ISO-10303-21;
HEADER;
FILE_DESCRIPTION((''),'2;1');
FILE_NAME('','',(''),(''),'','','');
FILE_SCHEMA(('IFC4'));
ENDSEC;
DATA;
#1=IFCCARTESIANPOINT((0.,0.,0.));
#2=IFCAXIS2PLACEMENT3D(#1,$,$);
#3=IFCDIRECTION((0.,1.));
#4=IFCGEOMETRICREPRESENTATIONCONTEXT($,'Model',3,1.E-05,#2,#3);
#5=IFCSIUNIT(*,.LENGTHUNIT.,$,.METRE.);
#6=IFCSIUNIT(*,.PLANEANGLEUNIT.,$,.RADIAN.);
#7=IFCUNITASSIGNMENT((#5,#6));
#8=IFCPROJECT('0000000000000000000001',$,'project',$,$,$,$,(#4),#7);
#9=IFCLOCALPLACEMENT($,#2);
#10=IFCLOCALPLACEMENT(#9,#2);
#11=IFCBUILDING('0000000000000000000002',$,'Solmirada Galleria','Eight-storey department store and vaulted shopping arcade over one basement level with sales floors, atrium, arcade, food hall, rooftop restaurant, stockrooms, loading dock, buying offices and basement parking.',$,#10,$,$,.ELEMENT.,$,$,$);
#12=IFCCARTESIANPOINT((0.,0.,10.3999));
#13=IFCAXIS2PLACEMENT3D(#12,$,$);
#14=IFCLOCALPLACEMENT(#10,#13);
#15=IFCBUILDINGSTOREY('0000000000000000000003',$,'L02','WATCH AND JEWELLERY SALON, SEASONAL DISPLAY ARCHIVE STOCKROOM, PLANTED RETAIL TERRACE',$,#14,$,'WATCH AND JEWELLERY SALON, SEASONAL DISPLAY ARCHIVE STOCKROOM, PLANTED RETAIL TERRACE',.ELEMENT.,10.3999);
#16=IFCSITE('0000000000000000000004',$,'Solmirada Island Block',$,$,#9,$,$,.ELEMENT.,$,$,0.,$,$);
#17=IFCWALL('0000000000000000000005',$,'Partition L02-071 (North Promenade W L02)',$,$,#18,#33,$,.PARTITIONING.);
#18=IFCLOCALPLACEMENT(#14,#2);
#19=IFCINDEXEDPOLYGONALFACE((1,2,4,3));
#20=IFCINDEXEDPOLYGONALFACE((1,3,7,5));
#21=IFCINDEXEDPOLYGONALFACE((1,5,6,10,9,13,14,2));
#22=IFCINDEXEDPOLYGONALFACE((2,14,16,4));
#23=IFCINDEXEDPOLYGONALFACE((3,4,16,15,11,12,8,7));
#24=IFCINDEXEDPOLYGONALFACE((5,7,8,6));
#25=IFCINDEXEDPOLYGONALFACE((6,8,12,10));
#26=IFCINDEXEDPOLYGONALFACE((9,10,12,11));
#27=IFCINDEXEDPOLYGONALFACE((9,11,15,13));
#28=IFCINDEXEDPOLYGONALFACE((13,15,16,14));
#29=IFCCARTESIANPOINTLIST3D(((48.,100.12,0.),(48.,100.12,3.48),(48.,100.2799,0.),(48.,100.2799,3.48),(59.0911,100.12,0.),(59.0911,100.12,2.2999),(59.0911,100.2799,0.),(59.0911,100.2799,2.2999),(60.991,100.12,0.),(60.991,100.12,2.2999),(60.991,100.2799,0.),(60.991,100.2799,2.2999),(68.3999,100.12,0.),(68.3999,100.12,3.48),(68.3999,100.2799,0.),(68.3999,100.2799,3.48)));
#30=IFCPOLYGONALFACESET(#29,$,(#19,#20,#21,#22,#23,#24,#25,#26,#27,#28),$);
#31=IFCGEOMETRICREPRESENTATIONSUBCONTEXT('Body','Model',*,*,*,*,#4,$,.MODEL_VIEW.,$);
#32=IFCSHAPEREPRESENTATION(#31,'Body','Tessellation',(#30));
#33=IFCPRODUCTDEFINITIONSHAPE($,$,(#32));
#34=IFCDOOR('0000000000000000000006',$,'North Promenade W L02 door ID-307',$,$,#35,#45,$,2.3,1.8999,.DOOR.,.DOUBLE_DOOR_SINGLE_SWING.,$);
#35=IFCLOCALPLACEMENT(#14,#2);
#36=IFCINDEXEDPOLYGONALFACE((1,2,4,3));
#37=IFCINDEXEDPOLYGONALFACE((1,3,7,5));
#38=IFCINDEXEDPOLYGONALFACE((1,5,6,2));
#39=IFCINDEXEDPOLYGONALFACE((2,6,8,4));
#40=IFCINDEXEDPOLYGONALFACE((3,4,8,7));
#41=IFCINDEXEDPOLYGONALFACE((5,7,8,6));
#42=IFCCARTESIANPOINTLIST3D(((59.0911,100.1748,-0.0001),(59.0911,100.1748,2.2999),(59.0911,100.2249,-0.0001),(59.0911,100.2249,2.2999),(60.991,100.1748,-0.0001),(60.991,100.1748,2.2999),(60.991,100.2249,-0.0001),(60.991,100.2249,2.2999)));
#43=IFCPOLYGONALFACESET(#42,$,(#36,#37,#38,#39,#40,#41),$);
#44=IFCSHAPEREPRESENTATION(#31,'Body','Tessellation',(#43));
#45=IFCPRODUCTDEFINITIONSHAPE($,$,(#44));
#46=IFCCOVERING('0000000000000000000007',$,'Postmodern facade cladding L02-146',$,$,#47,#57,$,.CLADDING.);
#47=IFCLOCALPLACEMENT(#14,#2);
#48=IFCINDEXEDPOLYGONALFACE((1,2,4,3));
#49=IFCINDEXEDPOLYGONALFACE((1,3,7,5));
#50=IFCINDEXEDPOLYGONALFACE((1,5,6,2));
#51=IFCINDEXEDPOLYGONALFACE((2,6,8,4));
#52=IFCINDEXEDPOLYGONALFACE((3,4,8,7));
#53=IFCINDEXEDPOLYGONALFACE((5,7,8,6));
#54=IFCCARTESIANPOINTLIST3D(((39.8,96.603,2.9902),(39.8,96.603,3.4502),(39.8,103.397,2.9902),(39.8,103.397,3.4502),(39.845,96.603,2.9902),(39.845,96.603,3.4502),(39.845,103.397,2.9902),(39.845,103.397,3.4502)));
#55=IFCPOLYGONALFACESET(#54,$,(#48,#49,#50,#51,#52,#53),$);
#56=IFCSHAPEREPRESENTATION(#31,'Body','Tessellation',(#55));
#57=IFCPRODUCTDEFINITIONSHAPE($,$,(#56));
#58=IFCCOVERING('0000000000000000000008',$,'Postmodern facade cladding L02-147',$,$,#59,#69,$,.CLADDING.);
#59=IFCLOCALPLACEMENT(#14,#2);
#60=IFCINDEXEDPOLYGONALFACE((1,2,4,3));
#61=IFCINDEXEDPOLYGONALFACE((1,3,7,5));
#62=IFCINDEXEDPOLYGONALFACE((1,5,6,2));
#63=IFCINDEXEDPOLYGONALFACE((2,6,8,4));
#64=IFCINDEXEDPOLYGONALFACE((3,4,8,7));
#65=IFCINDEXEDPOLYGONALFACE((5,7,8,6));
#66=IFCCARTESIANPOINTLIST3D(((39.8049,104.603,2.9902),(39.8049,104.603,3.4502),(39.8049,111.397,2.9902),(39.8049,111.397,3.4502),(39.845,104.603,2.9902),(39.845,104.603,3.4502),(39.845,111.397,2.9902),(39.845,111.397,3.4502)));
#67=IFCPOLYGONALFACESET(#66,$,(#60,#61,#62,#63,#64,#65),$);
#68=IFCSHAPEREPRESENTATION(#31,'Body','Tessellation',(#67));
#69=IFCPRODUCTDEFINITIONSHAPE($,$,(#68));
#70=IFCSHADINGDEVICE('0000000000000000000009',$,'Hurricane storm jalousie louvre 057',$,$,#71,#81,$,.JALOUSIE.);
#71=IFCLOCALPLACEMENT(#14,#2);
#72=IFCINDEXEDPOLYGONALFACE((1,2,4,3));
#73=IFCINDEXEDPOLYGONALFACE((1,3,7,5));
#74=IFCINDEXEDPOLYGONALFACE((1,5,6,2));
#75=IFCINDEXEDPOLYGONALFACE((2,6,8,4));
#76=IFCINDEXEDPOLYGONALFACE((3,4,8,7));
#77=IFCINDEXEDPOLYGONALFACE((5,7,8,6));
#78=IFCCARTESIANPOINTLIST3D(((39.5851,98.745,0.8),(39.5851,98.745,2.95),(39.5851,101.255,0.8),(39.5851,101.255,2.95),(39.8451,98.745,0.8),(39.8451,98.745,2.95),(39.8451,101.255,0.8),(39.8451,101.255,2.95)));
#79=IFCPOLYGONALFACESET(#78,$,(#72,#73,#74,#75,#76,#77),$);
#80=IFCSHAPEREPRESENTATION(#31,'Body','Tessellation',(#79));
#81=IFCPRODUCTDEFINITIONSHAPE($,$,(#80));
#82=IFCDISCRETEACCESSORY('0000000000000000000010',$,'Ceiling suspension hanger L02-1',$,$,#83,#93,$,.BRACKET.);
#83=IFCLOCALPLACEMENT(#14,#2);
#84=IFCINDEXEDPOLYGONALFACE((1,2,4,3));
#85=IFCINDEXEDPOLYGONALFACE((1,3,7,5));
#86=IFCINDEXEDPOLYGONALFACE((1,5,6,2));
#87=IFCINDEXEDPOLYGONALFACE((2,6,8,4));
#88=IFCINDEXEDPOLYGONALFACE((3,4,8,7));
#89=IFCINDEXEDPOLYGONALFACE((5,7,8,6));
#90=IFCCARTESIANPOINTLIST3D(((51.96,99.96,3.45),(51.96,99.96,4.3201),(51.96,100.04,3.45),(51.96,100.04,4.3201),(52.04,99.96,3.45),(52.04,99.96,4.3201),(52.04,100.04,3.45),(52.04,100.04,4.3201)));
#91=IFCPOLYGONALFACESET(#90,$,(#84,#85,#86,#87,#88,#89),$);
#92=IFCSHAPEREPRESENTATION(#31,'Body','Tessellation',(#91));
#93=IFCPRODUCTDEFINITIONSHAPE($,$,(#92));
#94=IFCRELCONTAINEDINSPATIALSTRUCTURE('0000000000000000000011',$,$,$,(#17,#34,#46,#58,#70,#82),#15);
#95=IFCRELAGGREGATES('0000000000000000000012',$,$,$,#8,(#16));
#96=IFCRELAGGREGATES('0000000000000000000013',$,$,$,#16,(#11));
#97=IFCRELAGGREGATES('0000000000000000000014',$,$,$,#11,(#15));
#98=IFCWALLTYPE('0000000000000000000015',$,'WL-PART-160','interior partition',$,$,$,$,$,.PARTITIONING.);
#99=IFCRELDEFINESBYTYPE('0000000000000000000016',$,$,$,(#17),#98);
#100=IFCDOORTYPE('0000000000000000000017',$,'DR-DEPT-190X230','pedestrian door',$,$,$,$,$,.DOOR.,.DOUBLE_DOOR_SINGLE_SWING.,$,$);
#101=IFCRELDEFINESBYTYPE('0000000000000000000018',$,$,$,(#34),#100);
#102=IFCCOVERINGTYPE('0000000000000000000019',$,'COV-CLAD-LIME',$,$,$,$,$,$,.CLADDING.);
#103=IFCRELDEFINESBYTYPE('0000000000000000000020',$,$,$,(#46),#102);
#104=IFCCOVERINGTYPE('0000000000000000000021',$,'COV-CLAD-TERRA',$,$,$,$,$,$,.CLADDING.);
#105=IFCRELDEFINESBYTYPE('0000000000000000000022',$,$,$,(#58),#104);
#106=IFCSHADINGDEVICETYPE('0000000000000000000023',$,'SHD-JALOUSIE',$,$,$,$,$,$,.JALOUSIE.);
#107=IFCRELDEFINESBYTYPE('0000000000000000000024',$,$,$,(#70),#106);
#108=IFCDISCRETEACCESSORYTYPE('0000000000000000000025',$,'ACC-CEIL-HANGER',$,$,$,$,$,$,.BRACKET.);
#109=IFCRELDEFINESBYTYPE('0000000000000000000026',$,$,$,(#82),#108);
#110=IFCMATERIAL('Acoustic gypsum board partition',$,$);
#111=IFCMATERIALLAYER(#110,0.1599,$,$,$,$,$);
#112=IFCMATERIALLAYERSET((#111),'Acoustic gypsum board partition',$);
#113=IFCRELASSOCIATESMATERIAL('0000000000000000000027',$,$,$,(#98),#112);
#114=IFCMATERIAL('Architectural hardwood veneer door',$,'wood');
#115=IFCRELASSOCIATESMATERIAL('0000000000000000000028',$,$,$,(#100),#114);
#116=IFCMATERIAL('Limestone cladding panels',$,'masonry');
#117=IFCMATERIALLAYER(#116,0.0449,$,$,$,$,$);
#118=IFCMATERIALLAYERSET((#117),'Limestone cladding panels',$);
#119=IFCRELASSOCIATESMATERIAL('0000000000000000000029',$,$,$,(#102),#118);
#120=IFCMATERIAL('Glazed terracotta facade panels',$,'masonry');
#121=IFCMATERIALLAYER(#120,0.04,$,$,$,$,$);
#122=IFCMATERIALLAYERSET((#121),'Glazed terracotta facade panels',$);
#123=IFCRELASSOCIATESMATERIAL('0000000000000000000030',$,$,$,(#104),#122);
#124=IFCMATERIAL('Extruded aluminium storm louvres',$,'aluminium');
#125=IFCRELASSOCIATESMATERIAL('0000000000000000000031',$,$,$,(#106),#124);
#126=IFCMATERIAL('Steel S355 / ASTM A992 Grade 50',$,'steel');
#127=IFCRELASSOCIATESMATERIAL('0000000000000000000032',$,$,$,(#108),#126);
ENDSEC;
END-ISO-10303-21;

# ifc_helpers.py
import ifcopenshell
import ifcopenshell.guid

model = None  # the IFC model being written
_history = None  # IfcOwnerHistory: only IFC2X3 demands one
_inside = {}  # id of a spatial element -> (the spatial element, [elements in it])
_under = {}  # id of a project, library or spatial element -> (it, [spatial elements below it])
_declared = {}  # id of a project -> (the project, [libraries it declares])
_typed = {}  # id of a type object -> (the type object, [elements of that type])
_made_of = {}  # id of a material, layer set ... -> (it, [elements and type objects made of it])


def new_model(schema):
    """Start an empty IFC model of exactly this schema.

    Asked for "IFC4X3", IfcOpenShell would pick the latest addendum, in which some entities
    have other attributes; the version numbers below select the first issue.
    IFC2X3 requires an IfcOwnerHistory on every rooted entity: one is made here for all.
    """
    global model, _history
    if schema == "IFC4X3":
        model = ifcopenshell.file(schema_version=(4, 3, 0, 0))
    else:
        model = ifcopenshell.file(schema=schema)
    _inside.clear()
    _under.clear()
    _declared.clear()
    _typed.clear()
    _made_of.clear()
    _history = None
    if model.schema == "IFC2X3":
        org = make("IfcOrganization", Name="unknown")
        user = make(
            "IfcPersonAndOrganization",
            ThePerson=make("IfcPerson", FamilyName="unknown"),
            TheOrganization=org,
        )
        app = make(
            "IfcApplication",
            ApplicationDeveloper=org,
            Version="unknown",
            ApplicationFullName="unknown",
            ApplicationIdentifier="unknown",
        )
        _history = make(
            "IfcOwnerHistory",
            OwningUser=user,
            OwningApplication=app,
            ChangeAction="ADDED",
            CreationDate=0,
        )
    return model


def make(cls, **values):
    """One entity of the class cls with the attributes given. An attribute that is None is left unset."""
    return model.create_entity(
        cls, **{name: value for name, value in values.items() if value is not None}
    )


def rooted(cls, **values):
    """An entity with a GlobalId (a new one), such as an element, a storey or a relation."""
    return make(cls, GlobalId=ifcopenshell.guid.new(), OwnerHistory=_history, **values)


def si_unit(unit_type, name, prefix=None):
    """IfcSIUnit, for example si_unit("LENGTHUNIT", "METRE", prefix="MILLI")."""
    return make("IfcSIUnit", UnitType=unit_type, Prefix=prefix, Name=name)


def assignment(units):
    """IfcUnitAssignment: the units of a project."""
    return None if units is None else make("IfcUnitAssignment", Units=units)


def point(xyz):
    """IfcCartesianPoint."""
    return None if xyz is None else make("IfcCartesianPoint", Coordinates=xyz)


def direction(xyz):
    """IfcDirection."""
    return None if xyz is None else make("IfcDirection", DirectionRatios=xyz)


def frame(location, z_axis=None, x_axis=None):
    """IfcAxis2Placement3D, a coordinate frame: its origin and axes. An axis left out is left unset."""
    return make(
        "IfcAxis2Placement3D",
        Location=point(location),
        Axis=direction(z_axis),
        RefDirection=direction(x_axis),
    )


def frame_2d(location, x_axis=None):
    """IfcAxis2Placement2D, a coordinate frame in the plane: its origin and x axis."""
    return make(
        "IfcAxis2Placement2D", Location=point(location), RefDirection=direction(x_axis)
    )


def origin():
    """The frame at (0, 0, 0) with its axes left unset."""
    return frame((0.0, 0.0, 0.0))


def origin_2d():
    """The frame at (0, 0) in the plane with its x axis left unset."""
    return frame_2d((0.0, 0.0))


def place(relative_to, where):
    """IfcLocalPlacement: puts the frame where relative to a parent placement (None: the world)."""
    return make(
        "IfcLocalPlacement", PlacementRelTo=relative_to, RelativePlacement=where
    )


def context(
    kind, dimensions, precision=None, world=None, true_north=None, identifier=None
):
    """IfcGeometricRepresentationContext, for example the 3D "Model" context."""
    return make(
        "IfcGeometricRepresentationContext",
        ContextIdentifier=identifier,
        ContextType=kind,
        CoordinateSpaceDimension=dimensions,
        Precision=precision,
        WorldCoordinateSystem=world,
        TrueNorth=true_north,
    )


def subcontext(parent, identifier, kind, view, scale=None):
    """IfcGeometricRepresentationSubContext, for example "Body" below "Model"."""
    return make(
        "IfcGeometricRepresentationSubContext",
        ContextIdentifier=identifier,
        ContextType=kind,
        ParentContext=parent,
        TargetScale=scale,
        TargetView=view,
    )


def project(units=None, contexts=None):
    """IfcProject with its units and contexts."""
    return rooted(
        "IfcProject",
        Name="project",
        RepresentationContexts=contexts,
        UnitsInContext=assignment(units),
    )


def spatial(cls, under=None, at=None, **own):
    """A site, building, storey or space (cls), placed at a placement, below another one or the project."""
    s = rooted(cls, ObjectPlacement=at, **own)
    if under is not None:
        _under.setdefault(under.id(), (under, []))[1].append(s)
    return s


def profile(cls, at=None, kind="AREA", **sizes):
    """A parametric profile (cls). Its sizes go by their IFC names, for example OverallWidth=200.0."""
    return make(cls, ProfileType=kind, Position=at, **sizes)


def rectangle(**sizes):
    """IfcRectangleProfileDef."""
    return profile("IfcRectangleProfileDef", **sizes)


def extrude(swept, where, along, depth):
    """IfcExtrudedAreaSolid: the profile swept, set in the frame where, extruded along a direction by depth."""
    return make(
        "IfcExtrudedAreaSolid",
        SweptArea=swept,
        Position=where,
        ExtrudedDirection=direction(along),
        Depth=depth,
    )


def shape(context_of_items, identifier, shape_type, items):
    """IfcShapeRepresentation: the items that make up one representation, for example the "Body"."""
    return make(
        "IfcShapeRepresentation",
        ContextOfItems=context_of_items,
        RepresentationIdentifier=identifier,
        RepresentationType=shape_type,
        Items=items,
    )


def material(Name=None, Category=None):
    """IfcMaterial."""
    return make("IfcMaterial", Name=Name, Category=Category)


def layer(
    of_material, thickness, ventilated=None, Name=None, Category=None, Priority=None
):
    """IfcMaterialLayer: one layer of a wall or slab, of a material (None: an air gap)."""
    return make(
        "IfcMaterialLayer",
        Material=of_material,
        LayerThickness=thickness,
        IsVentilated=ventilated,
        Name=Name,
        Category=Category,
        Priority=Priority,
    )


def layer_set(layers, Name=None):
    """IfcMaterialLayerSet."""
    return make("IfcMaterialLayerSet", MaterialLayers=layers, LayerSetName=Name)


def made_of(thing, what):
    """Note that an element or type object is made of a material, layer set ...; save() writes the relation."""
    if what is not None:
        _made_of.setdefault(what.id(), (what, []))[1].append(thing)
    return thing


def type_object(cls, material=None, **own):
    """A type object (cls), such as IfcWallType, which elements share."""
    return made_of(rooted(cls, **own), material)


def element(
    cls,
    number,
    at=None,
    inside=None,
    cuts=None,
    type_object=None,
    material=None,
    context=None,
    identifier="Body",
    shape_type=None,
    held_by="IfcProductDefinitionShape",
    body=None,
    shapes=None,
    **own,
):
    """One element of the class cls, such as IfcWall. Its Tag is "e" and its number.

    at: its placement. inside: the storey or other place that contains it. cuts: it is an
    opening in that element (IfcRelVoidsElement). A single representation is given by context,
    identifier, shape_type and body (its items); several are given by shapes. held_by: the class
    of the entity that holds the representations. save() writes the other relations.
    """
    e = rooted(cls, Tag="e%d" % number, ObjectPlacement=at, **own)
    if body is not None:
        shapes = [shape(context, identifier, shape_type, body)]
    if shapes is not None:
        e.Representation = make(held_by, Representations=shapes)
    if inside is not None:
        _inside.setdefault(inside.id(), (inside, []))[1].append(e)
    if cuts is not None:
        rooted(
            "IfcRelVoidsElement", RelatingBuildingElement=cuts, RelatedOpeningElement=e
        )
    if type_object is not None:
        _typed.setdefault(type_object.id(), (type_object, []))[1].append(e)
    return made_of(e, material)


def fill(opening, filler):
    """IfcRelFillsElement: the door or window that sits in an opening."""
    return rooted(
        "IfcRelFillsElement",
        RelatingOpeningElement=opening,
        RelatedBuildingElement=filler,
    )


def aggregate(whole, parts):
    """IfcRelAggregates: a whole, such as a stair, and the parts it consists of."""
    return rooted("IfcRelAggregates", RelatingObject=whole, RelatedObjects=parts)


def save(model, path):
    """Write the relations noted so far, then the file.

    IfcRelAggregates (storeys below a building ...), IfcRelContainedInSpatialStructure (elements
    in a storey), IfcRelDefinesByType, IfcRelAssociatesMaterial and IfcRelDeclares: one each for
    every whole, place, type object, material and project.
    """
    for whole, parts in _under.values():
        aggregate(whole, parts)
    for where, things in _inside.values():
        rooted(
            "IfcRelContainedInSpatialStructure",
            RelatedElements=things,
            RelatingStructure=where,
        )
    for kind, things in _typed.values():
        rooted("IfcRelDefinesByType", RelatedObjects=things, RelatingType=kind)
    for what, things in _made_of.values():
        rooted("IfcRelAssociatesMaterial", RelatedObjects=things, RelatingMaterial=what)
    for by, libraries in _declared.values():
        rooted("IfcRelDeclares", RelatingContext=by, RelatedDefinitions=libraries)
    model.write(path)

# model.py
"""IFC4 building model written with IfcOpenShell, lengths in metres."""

from ifc_helpers import new_model, si_unit, direction, frame, frame_2d, origin, origin_2d, place, context, subcontext, project, spatial, rectangle, extrude, material, layer, layer_set, type_object, element, fill, save


model = new_model("IFC4")

# Units and contexts
model_context = context("Model", 3, precision=1e-05, world=origin(), true_north=direction((0.0, 1.0)))
body_context = subcontext(model_context, "Body", "Model", "MODEL_VIEW")
ifc_project = project(units=[si_unit("LENGTHUNIT", "METRE"), si_unit("PLANEANGLEUNIT", "RADIAN")], contexts=[model_context])

# Site, building, storey
site_placement = place(None, origin())
site = spatial("IfcSite", under=ifc_project, at=site_placement, Name="Solmirada Island Block", CompositionType="ELEMENT", RefElevation=0.0)
building_placement = place(site_placement, origin())
building = spatial("IfcBuilding", under=site, at=building_placement, Name="Solmirada Galleria", Description="Eight-storey department store and vaulted shopping arcade over one basement level with sales floors, atrium, arcade, food hall, rooftop restaurant, stockrooms, loading dock, buying offices and basement parking.", CompositionType="ELEMENT")
storey_placement = place(building_placement, frame((0.0, 0.0, 10.3999)))
storey = spatial("IfcBuildingStorey", under=building, at=storey_placement, Name="L02", Description="WATCH AND JEWELLERY SALON, SEASONAL DISPLAY ARCHIVE STOCKROOM, PLANTED RETAIL TERRACE", LongName="WATCH AND JEWELLERY SALON, SEASONAL DISPLAY ARCHIVE STOCKROOM, PLANTED RETAIL TERRACE", CompositionType="ELEMENT", Elevation=10.3999)

# Shared definitions
ifc_material_1 = material(Name="Steel S355 / ASTM A992 Grade 50", Category="steel")

# Wall, opening, door
ifc_material_2 = material(Name="Acoustic gypsum board partition")
ifc_layer_1 = layer(ifc_material_2, 0.1599)
ifc_layer_set_1 = layer_set([ifc_layer_1], Name="Acoustic gypsum board partition")
wall_type_1 = type_object("IfcWallType", Name="WL-PART-160", Description="interior partition", PredefinedType="PARTITIONING", material=ifc_layer_set_1)
wall_1_placement = place(storey_placement, frame((48.0, 100.2, 0.0), z_axis=(0.0, 0.0, 1.0), x_axis=(1.0, 0.0, 0.0)))
wall_1 = element("IfcWall", 1, at=wall_1_placement, inside=storey, type_object=wall_type_1, Name="Partition L02-071 (North Promenade W L02)", PredefinedType="PARTITIONING", context=body_context, shape_type="SweptSolid", body=[
    extrude(rectangle(XDim=20.3999, YDim=0.1599, at=frame_2d((10.2, 0.0))), origin(), (0.0, 0.0, 1.0), 3.48),
])
opening_1_placement = place(wall_1_placement, frame((11.0911, 0.0, 0.0)))
opening_1 = element("IfcOpeningElement", 2, at=opening_1_placement, cuts=wall_1, PredefinedType="OPENING", context=body_context, shape_type="SweptSolid", body=[
    extrude(rectangle(XDim=1.8999, YDim=2.3, at=frame_2d((0.95, 1.1499))), frame((0.0, 0.0898, 0.0), z_axis=(0.0, -1.0, 0.0), x_axis=(1.0, 0.0, 0.0)), (0.0, 0.0, 1.0), 0.1799),
])
ifc_material_3 = material(Name="Architectural hardwood veneer door", Category="wood")
door_type_1 = type_object("IfcDoorType", Name="DR-DEPT-190X230", Description="pedestrian door", OperationType="DOUBLE_DOOR_SINGLE_SWING", PredefinedType="DOOR", material=ifc_material_3)
door_1_placement = place(opening_1_placement, origin())
door_1 = element("IfcDoor", 3, at=door_1_placement, inside=storey, type_object=door_type_1, Name="North Promenade W L02 door ID-307", OperationType="DOUBLE_DOOR_SINGLE_SWING", OverallHeight=2.3, OverallWidth=1.8999, PredefinedType="DOOR", context=body_context, shape_type="SweptSolid", body=[
    extrude(rectangle(XDim=1.8999, YDim=2.3, at=frame_2d((0.95, 1.1499))), frame((0.0, 0.0249, 0.0), z_axis=(0.0, -1.0, 0.0), x_axis=(1.0, 0.0, 0.0)), (0.0, 0.0, 1.0), 0.05),
])
fill(opening_1, door_1)

# Coverings
ifc_material_4 = material(Name="Limestone cladding panels", Category="masonry")
ifc_layer_2 = layer(ifc_material_4, 0.0449)
ifc_layer_set_2 = layer_set([ifc_layer_2], Name="Limestone cladding panels")
covering_type_1 = type_object("IfcCoveringType", Name="COV-CLAD-LIME", PredefinedType="CLADDING", material=ifc_layer_set_2)
covering_1_placement = place(storey_placement, frame((39.8225, 100.0, 2.9902), z_axis=(0.0, 0.0, 1.0), x_axis=(0.0, 1.0, 0.0)))
element("IfcCovering", 4, at=covering_1_placement, inside=storey, type_object=covering_type_1, Name="Postmodern facade cladding L02-146", PredefinedType="CLADDING", context=body_context, shape_type="SweptSolid", body=[
    extrude(rectangle(XDim=6.7939, YDim=0.0449, at=origin_2d()), origin(), (0.0, 0.0, 1.0), 0.46),
])
ifc_material_5 = material(Name="Glazed terracotta facade panels", Category="masonry")
ifc_layer_3 = layer(ifc_material_5, 0.04)
ifc_layer_set_3 = layer_set([ifc_layer_3], Name="Glazed terracotta facade panels")
covering_type_2 = type_object("IfcCoveringType", Name="COV-CLAD-TERRA", PredefinedType="CLADDING", material=ifc_layer_set_3)
covering_2_placement = place(storey_placement, frame((39.825, 108.0, 2.9902), z_axis=(0.0, 0.0, 1.0), x_axis=(0.0, 1.0, 0.0)))
element("IfcCovering", 5, at=covering_2_placement, inside=storey, type_object=covering_type_2, Name="Postmodern facade cladding L02-147", PredefinedType="CLADDING", context=body_context, shape_type="SweptSolid", body=[
    extrude(rectangle(XDim=6.7939, YDim=0.04, at=origin_2d()), origin(), (0.0, 0.0, 1.0), 0.46),
])

# Shading device
ifc_material_6 = material(Name="Extruded aluminium storm louvres", Category="aluminium")
shading_device_type = type_object("IfcShadingDeviceType", Name="SHD-JALOUSIE", PredefinedType="JALOUSIE", material=ifc_material_6)
shading_device_placement = place(storey_placement, frame((39.7151, 100.0, 0.8), z_axis=(0.0, 0.0, 1.0), x_axis=(0.0, 1.0, 0.0)))
element("IfcShadingDevice", 6, at=shading_device_placement, inside=storey, type_object=shading_device_type, Name="Hurricane storm jalousie louvre 057", PredefinedType="JALOUSIE", context=body_context, shape_type="SweptSolid", body=[
    extrude(rectangle(XDim=2.51, YDim=0.26, at=origin_2d()), origin(), (0.0, 0.0, 1.0), 2.1499),
])

# Discrete accessory
discrete_accessory_type = type_object("IfcDiscreteAccessoryType", Name="ACC-CEIL-HANGER", PredefinedType="BRACKET", material=ifc_material_1)
discrete_accessory_placement = place(storey_placement, frame((52.0, 100.0, 3.45), z_axis=(0.0, 0.0, 1.0), x_axis=(1.0, 0.0, 0.0)))
element("IfcDiscreteAccessory", 7, at=discrete_accessory_placement, inside=storey, type_object=discrete_accessory_type, Name="Ceiling suspension hanger L02-1", PredefinedType="BRACKET", context=body_context, shape_type="SweptSolid", body=[
    extrude(rectangle(XDim=0.0801, YDim=0.0801, at=origin_2d()), origin(), (0.0, 0.0, 1.0), 0.8701),
])

save(model, "model.ifc")
